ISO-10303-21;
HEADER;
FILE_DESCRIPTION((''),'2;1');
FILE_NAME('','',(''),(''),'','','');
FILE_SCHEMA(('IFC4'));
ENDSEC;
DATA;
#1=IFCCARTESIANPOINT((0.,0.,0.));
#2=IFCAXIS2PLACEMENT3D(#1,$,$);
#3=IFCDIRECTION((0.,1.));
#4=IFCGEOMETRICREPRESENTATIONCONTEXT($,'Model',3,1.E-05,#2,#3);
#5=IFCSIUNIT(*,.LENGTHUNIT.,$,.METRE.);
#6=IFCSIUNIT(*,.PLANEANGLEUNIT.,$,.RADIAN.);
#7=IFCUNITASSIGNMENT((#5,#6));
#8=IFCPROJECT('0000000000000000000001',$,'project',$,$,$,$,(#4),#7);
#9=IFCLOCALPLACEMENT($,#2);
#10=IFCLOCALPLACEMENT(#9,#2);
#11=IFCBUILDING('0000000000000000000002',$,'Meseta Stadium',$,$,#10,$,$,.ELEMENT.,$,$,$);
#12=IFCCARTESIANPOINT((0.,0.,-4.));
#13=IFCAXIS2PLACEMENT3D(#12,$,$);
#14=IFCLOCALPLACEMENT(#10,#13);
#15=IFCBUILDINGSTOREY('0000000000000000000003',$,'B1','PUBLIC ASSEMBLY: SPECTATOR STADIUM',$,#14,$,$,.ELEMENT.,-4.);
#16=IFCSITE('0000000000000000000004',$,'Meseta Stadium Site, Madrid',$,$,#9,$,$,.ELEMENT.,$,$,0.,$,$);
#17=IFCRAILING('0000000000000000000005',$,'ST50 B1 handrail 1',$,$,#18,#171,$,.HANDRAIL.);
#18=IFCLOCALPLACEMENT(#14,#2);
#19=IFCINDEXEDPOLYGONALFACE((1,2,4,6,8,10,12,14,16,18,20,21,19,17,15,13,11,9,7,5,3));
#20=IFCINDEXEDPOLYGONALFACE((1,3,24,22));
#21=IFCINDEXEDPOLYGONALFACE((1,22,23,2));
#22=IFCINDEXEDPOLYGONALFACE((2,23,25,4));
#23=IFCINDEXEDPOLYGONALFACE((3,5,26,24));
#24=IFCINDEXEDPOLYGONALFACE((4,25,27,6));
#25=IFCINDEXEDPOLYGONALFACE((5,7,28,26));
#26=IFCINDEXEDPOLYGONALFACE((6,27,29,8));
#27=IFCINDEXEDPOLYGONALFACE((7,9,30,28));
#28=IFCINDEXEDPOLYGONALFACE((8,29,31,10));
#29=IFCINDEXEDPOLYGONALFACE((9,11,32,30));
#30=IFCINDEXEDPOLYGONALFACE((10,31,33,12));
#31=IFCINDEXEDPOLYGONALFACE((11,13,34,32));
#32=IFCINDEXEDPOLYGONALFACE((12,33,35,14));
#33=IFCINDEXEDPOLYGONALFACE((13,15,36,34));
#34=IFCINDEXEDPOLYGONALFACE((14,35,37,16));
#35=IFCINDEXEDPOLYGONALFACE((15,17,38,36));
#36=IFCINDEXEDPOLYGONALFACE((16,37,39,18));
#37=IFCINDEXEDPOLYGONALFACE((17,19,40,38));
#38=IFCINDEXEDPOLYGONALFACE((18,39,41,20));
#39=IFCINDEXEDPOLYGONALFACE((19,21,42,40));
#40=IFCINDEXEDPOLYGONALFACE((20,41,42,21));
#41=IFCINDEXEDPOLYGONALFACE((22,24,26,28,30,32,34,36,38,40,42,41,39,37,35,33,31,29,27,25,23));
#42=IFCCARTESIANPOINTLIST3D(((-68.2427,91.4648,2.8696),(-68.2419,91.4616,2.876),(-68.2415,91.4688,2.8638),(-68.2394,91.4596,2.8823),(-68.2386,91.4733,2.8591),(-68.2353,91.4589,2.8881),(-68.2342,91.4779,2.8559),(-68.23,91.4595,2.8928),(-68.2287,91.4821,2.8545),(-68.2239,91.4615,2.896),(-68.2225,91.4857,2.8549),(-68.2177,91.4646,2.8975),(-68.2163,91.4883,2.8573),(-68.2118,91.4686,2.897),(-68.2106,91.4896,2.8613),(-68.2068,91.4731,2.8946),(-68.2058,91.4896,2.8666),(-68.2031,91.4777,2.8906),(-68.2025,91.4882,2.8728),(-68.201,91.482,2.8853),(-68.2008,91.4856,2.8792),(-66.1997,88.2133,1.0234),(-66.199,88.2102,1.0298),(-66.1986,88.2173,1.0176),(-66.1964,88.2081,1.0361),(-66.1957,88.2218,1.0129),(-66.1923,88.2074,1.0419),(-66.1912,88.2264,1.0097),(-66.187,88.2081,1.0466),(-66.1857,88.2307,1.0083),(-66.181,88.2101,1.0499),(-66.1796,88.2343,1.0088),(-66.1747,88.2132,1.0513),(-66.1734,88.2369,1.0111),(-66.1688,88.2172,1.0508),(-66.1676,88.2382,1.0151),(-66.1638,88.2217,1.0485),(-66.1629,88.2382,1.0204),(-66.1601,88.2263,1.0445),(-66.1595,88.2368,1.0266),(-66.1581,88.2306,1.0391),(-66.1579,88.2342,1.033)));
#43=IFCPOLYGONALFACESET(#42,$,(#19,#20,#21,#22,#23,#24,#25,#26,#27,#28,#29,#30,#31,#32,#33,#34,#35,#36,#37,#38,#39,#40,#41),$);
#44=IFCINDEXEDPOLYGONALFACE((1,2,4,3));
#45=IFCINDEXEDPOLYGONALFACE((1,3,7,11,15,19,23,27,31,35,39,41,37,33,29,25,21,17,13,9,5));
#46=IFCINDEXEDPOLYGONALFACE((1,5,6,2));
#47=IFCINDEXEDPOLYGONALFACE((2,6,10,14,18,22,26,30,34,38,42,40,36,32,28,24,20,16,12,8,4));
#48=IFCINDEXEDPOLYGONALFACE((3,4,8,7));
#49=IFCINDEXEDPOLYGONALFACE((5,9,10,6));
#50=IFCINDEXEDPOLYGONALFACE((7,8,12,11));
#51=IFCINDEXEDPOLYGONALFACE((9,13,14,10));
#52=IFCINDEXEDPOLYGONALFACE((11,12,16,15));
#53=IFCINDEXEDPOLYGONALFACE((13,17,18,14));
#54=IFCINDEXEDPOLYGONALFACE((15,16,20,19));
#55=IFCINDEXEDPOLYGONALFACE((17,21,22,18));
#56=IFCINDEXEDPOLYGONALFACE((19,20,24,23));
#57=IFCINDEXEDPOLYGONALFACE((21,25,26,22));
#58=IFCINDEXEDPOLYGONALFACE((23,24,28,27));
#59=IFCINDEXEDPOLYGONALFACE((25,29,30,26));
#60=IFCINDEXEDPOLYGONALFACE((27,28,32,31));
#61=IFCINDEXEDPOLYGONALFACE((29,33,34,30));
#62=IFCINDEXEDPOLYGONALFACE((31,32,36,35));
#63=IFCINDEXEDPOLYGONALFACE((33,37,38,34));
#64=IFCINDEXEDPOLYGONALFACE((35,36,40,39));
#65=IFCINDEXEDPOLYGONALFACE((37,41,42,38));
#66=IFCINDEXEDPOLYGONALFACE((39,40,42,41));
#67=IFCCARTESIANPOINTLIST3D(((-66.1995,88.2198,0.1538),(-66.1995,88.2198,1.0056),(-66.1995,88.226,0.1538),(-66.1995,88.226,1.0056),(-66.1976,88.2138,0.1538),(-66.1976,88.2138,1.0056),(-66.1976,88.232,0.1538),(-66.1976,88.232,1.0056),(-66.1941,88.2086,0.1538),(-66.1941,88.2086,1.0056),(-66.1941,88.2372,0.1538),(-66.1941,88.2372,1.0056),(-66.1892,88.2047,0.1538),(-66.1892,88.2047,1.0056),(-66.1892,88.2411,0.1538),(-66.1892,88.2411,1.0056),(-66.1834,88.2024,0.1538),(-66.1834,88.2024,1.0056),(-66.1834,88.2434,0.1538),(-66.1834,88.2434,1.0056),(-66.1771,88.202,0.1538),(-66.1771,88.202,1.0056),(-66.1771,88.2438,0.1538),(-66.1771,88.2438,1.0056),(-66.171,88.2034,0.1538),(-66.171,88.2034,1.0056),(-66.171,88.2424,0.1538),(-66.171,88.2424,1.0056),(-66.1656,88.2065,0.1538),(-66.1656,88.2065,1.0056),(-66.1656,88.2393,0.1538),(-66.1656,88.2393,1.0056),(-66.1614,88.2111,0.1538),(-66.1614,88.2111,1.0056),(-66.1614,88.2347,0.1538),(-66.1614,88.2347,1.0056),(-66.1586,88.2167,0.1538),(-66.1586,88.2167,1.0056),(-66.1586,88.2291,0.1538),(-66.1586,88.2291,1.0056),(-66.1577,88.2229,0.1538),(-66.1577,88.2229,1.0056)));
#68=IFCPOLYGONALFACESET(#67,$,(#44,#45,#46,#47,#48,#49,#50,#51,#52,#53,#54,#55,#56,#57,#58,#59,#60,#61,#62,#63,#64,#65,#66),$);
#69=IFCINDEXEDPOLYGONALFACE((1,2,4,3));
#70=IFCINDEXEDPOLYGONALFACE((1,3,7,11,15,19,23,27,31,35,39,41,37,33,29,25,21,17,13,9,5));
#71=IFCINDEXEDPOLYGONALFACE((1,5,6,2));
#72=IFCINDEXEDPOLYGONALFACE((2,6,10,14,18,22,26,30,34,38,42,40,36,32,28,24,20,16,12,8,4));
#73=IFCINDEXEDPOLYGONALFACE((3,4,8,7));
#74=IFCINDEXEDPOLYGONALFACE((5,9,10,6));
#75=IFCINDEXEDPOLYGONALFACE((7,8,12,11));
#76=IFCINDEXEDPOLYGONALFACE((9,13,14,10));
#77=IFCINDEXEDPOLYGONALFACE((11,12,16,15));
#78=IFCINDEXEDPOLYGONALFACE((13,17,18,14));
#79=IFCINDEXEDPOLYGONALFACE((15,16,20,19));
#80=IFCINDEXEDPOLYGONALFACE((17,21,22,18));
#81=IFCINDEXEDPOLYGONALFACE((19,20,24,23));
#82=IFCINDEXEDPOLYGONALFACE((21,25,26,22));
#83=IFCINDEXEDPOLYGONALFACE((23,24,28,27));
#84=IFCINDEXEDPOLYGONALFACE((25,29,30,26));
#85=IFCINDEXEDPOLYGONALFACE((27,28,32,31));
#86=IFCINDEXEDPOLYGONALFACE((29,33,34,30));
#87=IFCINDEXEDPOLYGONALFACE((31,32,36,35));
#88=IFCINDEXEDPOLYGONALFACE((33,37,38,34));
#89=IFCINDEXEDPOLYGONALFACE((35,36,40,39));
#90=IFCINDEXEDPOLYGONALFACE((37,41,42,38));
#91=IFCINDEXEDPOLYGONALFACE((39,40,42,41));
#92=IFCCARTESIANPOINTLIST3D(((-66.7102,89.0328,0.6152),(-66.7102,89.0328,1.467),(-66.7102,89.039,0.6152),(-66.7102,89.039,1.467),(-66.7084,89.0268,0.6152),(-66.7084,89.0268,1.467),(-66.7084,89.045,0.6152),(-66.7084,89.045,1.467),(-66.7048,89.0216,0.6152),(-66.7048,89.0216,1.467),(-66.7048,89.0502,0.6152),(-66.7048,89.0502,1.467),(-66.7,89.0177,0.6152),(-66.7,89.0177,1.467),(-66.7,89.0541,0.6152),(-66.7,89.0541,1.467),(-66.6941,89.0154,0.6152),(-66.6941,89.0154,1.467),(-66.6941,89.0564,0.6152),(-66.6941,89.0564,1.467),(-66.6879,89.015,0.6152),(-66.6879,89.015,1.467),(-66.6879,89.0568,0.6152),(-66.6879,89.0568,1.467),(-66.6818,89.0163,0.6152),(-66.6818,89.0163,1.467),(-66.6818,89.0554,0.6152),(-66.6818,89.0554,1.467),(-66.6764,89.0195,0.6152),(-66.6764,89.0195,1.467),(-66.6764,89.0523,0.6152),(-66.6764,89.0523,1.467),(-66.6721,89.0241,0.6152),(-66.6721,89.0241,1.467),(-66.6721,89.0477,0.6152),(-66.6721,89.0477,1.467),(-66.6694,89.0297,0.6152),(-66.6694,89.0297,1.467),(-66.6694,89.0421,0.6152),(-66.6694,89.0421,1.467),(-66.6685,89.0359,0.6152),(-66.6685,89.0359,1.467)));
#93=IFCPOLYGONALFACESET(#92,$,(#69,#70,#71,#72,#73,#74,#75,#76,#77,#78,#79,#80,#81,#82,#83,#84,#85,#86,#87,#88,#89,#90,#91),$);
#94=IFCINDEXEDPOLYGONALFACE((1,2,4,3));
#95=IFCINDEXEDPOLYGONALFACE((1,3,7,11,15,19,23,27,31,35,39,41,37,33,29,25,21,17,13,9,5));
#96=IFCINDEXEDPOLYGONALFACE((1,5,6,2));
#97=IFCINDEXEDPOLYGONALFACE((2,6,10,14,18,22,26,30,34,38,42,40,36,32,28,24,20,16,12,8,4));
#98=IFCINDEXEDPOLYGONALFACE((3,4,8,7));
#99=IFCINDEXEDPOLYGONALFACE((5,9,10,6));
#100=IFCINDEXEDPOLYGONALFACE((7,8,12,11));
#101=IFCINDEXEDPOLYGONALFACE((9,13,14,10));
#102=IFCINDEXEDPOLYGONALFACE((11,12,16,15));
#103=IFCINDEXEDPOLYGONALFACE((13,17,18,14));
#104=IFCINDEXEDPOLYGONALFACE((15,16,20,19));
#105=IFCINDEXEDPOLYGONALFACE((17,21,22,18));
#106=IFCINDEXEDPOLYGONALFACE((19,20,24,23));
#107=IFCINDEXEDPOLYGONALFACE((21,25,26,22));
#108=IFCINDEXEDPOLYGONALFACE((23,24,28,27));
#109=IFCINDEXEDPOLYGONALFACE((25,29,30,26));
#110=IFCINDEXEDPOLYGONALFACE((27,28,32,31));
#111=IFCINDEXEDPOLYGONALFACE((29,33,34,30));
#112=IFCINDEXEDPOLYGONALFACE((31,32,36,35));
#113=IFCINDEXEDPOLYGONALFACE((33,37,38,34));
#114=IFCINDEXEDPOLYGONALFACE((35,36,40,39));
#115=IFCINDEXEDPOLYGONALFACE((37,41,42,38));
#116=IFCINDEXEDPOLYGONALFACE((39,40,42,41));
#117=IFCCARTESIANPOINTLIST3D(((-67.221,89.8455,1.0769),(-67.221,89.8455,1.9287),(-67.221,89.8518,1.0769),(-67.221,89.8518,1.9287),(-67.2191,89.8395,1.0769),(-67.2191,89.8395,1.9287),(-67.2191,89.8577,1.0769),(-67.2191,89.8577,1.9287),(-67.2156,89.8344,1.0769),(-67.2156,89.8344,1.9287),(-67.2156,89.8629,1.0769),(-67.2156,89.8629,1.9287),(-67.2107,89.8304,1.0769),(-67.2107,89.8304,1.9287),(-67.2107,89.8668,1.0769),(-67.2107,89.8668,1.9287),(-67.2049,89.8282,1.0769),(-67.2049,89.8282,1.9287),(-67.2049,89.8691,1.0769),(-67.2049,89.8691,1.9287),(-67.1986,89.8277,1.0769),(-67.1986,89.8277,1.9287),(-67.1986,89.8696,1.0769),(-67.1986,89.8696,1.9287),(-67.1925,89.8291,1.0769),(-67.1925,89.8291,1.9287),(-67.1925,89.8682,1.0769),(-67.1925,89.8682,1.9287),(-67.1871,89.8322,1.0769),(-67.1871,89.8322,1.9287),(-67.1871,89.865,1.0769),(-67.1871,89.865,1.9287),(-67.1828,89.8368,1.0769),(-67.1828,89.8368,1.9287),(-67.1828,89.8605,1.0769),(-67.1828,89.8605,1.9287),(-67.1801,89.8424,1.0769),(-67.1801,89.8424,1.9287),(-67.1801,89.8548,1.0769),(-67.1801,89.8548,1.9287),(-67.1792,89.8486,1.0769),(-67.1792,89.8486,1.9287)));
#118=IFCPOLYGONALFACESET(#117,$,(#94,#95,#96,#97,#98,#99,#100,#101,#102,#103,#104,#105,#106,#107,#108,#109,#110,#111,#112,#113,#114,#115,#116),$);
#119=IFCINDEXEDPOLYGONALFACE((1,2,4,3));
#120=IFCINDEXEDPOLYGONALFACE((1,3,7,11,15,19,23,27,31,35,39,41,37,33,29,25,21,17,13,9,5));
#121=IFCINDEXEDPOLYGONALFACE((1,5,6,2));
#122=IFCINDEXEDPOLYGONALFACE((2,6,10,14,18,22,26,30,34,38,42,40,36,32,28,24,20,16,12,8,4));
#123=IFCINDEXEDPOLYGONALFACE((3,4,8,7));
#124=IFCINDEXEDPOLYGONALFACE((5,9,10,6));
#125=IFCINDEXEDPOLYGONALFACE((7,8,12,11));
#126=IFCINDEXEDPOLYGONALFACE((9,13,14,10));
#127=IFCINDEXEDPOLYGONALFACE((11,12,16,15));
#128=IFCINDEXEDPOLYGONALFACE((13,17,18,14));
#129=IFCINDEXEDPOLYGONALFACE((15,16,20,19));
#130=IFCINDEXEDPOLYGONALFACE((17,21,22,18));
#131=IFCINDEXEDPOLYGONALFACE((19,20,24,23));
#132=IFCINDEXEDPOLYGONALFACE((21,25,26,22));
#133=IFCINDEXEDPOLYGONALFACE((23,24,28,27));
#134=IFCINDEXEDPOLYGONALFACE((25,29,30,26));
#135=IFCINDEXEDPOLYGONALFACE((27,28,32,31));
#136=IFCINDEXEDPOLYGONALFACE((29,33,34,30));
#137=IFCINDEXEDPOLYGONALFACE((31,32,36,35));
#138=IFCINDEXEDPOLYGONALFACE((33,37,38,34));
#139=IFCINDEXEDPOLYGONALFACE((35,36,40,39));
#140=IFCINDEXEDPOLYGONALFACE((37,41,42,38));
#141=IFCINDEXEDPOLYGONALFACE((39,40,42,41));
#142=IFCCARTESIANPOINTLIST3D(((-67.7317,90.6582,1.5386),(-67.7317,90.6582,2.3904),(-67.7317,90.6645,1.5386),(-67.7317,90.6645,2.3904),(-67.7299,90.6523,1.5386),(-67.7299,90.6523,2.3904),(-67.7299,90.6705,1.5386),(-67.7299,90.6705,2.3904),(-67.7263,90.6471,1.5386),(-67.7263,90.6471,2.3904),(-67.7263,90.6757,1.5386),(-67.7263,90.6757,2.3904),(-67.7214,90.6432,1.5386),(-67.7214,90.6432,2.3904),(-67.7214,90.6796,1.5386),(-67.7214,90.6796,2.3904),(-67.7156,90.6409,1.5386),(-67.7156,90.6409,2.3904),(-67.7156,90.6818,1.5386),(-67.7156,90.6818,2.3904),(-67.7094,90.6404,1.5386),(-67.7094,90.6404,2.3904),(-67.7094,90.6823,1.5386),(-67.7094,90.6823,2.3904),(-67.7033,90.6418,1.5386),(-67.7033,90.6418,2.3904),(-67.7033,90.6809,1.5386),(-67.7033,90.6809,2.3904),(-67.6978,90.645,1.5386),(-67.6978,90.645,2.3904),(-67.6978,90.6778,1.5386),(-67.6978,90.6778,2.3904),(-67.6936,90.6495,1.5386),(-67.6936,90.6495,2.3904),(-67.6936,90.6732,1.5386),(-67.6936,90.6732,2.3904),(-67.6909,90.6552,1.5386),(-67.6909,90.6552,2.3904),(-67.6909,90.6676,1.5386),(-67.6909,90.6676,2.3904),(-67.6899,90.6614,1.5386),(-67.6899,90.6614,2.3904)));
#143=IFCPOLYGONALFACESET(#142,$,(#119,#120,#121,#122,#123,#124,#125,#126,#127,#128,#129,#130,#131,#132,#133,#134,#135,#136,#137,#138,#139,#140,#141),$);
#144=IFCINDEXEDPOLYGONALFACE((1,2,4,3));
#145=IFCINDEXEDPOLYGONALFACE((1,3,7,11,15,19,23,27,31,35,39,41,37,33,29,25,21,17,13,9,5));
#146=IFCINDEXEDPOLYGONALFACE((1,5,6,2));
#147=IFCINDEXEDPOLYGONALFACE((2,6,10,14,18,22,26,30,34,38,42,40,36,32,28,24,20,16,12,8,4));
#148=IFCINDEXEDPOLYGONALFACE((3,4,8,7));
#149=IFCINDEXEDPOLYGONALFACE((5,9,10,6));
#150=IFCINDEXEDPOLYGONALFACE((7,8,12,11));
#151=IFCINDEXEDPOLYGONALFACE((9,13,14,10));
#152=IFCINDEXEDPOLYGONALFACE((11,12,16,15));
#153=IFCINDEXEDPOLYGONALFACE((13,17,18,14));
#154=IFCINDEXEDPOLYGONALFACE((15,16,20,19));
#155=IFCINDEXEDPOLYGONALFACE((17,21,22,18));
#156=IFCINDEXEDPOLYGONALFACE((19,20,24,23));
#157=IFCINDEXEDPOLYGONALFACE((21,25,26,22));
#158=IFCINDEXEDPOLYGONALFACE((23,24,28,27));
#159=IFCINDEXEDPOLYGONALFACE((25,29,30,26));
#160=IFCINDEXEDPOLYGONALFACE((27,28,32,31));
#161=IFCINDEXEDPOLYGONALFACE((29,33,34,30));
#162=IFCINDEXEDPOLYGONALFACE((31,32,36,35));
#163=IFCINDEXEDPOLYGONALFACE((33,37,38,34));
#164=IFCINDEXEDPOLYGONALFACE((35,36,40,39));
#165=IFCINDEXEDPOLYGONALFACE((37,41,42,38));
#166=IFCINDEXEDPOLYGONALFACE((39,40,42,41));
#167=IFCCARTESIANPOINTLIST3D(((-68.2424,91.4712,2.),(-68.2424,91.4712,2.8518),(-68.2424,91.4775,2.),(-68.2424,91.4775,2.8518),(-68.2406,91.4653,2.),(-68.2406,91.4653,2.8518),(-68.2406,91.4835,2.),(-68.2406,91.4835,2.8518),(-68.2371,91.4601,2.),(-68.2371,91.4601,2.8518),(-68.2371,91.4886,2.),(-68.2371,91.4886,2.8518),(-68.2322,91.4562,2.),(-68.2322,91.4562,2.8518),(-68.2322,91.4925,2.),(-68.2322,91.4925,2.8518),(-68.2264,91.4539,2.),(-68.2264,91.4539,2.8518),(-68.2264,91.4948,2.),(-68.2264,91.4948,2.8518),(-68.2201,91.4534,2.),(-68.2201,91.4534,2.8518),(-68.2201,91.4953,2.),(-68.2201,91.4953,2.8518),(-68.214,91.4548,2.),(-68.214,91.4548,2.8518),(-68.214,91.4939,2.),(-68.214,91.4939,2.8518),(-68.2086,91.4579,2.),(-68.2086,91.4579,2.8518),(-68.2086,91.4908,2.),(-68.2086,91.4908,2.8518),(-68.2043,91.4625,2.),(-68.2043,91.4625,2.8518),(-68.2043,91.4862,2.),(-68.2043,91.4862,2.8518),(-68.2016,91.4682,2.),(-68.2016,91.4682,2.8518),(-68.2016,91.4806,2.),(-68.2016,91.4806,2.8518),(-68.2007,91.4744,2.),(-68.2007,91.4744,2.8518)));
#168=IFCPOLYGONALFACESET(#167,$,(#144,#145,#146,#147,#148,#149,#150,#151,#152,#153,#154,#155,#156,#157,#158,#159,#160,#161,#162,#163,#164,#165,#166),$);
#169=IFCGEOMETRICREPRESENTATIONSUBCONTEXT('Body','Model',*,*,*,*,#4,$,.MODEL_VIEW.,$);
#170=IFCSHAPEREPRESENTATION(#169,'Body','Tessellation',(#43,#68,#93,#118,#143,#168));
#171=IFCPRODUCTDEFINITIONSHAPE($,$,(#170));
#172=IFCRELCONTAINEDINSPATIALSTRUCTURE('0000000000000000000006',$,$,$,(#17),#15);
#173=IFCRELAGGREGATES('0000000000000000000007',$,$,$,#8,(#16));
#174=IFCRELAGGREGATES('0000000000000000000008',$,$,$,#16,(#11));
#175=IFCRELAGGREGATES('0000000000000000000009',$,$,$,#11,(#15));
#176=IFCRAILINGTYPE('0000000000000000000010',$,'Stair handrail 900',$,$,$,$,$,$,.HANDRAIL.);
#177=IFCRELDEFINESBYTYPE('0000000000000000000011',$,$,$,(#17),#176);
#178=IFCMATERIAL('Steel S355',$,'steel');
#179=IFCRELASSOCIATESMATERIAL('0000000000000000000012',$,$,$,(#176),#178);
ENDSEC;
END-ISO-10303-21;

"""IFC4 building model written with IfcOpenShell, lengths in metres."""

from ifc_helpers import new_model, si_unit, direction, frame, origin, origin_2d, place, context, subcontext, project, spatial, circle, extrude, material, type_object, element, save


model = new_model("IFC4")

# Units and contexts
model_context = context("Model", 3, precision=1e-05, world=origin(), true_north=direction((0.0, 1.0)))
body_context = subcontext(model_context, "Body", "Model", "MODEL_VIEW")
ifc_project = project(units=[si_unit("LENGTHUNIT", "METRE"), si_unit("PLANEANGLEUNIT", "RADIAN")], contexts=[model_context])

# Site, building, storey
site_placement = place(None, origin())
site = spatial("IfcSite", under=ifc_project, at=site_placement, Name="Meseta Stadium Site, Madrid", CompositionType="ELEMENT", RefElevation=0.0)
building_placement = place(site_placement, origin())
building = spatial("IfcBuilding", under=site, at=building_placement, Name="Meseta Stadium", CompositionType="ELEMENT")
storey_placement = place(building_placement, frame((0.0, 0.0, -4.0)))
storey = spatial("IfcBuildingStorey", under=building, at=storey_placement, Name="B1", Description="PUBLIC ASSEMBLY: SPECTATOR STADIUM", CompositionType="ELEMENT", Elevation=-4.0)

# Railing
ifc_material_1 = material(Name="Steel S355", Category="steel")
railing_type_1 = type_object("IfcRailingType", Name="Stair handrail 900", PredefinedType="HANDRAIL", material=ifc_material_1)
for number, where, name in (
    (1, (-66.1787, 88.2229, 0.1538), "ST50 B1 handrail 1"),
):
    element("IfcRailing", number, at=place(storey_placement, frame(where)), inside=storey, type_object=railing_type_1, Name=name, PredefinedType="HANDRAIL", context=body_context, shape_type="SweptSolid", body=[
        extrude(circle(Radius=0.0239, at=origin_2d()), frame((0.0, 0.0, 0.876), z_axis=(-0.479483, 0.763117, 0.4333), x_axis=(-0.846731, -0.53202, 0.0)), (0.0, 0.0, 1.0), 4.2607),
        extrude(circle(Radius=0.021, at=origin_2d()), origin(), (0.0, 0.0, 1.0), 0.8518),
        extrude(circle(Radius=0.021, at=origin_2d()), frame((-0.5107, 0.813, 0.4614)), (0.0, 0.0, 1.0), 0.8518),
        extrude(circle(Radius=0.021, at=origin_2d()), frame((-1.0215, 1.6257, 0.9231)), (0.0, 0.0, 1.0), 0.8518),
        extrude(circle(Radius=0.021, at=origin_2d()), frame((-1.5322, 2.4385, 1.3848)), (0.0, 0.0, 1.0), 0.8518),
        extrude(circle(Radius=0.021, at=origin_2d()), frame((-2.043, 3.2515, 1.8462)), (0.0, 0.0, 1.0), 0.8518),
    ])

save(model, "model.ifc")
